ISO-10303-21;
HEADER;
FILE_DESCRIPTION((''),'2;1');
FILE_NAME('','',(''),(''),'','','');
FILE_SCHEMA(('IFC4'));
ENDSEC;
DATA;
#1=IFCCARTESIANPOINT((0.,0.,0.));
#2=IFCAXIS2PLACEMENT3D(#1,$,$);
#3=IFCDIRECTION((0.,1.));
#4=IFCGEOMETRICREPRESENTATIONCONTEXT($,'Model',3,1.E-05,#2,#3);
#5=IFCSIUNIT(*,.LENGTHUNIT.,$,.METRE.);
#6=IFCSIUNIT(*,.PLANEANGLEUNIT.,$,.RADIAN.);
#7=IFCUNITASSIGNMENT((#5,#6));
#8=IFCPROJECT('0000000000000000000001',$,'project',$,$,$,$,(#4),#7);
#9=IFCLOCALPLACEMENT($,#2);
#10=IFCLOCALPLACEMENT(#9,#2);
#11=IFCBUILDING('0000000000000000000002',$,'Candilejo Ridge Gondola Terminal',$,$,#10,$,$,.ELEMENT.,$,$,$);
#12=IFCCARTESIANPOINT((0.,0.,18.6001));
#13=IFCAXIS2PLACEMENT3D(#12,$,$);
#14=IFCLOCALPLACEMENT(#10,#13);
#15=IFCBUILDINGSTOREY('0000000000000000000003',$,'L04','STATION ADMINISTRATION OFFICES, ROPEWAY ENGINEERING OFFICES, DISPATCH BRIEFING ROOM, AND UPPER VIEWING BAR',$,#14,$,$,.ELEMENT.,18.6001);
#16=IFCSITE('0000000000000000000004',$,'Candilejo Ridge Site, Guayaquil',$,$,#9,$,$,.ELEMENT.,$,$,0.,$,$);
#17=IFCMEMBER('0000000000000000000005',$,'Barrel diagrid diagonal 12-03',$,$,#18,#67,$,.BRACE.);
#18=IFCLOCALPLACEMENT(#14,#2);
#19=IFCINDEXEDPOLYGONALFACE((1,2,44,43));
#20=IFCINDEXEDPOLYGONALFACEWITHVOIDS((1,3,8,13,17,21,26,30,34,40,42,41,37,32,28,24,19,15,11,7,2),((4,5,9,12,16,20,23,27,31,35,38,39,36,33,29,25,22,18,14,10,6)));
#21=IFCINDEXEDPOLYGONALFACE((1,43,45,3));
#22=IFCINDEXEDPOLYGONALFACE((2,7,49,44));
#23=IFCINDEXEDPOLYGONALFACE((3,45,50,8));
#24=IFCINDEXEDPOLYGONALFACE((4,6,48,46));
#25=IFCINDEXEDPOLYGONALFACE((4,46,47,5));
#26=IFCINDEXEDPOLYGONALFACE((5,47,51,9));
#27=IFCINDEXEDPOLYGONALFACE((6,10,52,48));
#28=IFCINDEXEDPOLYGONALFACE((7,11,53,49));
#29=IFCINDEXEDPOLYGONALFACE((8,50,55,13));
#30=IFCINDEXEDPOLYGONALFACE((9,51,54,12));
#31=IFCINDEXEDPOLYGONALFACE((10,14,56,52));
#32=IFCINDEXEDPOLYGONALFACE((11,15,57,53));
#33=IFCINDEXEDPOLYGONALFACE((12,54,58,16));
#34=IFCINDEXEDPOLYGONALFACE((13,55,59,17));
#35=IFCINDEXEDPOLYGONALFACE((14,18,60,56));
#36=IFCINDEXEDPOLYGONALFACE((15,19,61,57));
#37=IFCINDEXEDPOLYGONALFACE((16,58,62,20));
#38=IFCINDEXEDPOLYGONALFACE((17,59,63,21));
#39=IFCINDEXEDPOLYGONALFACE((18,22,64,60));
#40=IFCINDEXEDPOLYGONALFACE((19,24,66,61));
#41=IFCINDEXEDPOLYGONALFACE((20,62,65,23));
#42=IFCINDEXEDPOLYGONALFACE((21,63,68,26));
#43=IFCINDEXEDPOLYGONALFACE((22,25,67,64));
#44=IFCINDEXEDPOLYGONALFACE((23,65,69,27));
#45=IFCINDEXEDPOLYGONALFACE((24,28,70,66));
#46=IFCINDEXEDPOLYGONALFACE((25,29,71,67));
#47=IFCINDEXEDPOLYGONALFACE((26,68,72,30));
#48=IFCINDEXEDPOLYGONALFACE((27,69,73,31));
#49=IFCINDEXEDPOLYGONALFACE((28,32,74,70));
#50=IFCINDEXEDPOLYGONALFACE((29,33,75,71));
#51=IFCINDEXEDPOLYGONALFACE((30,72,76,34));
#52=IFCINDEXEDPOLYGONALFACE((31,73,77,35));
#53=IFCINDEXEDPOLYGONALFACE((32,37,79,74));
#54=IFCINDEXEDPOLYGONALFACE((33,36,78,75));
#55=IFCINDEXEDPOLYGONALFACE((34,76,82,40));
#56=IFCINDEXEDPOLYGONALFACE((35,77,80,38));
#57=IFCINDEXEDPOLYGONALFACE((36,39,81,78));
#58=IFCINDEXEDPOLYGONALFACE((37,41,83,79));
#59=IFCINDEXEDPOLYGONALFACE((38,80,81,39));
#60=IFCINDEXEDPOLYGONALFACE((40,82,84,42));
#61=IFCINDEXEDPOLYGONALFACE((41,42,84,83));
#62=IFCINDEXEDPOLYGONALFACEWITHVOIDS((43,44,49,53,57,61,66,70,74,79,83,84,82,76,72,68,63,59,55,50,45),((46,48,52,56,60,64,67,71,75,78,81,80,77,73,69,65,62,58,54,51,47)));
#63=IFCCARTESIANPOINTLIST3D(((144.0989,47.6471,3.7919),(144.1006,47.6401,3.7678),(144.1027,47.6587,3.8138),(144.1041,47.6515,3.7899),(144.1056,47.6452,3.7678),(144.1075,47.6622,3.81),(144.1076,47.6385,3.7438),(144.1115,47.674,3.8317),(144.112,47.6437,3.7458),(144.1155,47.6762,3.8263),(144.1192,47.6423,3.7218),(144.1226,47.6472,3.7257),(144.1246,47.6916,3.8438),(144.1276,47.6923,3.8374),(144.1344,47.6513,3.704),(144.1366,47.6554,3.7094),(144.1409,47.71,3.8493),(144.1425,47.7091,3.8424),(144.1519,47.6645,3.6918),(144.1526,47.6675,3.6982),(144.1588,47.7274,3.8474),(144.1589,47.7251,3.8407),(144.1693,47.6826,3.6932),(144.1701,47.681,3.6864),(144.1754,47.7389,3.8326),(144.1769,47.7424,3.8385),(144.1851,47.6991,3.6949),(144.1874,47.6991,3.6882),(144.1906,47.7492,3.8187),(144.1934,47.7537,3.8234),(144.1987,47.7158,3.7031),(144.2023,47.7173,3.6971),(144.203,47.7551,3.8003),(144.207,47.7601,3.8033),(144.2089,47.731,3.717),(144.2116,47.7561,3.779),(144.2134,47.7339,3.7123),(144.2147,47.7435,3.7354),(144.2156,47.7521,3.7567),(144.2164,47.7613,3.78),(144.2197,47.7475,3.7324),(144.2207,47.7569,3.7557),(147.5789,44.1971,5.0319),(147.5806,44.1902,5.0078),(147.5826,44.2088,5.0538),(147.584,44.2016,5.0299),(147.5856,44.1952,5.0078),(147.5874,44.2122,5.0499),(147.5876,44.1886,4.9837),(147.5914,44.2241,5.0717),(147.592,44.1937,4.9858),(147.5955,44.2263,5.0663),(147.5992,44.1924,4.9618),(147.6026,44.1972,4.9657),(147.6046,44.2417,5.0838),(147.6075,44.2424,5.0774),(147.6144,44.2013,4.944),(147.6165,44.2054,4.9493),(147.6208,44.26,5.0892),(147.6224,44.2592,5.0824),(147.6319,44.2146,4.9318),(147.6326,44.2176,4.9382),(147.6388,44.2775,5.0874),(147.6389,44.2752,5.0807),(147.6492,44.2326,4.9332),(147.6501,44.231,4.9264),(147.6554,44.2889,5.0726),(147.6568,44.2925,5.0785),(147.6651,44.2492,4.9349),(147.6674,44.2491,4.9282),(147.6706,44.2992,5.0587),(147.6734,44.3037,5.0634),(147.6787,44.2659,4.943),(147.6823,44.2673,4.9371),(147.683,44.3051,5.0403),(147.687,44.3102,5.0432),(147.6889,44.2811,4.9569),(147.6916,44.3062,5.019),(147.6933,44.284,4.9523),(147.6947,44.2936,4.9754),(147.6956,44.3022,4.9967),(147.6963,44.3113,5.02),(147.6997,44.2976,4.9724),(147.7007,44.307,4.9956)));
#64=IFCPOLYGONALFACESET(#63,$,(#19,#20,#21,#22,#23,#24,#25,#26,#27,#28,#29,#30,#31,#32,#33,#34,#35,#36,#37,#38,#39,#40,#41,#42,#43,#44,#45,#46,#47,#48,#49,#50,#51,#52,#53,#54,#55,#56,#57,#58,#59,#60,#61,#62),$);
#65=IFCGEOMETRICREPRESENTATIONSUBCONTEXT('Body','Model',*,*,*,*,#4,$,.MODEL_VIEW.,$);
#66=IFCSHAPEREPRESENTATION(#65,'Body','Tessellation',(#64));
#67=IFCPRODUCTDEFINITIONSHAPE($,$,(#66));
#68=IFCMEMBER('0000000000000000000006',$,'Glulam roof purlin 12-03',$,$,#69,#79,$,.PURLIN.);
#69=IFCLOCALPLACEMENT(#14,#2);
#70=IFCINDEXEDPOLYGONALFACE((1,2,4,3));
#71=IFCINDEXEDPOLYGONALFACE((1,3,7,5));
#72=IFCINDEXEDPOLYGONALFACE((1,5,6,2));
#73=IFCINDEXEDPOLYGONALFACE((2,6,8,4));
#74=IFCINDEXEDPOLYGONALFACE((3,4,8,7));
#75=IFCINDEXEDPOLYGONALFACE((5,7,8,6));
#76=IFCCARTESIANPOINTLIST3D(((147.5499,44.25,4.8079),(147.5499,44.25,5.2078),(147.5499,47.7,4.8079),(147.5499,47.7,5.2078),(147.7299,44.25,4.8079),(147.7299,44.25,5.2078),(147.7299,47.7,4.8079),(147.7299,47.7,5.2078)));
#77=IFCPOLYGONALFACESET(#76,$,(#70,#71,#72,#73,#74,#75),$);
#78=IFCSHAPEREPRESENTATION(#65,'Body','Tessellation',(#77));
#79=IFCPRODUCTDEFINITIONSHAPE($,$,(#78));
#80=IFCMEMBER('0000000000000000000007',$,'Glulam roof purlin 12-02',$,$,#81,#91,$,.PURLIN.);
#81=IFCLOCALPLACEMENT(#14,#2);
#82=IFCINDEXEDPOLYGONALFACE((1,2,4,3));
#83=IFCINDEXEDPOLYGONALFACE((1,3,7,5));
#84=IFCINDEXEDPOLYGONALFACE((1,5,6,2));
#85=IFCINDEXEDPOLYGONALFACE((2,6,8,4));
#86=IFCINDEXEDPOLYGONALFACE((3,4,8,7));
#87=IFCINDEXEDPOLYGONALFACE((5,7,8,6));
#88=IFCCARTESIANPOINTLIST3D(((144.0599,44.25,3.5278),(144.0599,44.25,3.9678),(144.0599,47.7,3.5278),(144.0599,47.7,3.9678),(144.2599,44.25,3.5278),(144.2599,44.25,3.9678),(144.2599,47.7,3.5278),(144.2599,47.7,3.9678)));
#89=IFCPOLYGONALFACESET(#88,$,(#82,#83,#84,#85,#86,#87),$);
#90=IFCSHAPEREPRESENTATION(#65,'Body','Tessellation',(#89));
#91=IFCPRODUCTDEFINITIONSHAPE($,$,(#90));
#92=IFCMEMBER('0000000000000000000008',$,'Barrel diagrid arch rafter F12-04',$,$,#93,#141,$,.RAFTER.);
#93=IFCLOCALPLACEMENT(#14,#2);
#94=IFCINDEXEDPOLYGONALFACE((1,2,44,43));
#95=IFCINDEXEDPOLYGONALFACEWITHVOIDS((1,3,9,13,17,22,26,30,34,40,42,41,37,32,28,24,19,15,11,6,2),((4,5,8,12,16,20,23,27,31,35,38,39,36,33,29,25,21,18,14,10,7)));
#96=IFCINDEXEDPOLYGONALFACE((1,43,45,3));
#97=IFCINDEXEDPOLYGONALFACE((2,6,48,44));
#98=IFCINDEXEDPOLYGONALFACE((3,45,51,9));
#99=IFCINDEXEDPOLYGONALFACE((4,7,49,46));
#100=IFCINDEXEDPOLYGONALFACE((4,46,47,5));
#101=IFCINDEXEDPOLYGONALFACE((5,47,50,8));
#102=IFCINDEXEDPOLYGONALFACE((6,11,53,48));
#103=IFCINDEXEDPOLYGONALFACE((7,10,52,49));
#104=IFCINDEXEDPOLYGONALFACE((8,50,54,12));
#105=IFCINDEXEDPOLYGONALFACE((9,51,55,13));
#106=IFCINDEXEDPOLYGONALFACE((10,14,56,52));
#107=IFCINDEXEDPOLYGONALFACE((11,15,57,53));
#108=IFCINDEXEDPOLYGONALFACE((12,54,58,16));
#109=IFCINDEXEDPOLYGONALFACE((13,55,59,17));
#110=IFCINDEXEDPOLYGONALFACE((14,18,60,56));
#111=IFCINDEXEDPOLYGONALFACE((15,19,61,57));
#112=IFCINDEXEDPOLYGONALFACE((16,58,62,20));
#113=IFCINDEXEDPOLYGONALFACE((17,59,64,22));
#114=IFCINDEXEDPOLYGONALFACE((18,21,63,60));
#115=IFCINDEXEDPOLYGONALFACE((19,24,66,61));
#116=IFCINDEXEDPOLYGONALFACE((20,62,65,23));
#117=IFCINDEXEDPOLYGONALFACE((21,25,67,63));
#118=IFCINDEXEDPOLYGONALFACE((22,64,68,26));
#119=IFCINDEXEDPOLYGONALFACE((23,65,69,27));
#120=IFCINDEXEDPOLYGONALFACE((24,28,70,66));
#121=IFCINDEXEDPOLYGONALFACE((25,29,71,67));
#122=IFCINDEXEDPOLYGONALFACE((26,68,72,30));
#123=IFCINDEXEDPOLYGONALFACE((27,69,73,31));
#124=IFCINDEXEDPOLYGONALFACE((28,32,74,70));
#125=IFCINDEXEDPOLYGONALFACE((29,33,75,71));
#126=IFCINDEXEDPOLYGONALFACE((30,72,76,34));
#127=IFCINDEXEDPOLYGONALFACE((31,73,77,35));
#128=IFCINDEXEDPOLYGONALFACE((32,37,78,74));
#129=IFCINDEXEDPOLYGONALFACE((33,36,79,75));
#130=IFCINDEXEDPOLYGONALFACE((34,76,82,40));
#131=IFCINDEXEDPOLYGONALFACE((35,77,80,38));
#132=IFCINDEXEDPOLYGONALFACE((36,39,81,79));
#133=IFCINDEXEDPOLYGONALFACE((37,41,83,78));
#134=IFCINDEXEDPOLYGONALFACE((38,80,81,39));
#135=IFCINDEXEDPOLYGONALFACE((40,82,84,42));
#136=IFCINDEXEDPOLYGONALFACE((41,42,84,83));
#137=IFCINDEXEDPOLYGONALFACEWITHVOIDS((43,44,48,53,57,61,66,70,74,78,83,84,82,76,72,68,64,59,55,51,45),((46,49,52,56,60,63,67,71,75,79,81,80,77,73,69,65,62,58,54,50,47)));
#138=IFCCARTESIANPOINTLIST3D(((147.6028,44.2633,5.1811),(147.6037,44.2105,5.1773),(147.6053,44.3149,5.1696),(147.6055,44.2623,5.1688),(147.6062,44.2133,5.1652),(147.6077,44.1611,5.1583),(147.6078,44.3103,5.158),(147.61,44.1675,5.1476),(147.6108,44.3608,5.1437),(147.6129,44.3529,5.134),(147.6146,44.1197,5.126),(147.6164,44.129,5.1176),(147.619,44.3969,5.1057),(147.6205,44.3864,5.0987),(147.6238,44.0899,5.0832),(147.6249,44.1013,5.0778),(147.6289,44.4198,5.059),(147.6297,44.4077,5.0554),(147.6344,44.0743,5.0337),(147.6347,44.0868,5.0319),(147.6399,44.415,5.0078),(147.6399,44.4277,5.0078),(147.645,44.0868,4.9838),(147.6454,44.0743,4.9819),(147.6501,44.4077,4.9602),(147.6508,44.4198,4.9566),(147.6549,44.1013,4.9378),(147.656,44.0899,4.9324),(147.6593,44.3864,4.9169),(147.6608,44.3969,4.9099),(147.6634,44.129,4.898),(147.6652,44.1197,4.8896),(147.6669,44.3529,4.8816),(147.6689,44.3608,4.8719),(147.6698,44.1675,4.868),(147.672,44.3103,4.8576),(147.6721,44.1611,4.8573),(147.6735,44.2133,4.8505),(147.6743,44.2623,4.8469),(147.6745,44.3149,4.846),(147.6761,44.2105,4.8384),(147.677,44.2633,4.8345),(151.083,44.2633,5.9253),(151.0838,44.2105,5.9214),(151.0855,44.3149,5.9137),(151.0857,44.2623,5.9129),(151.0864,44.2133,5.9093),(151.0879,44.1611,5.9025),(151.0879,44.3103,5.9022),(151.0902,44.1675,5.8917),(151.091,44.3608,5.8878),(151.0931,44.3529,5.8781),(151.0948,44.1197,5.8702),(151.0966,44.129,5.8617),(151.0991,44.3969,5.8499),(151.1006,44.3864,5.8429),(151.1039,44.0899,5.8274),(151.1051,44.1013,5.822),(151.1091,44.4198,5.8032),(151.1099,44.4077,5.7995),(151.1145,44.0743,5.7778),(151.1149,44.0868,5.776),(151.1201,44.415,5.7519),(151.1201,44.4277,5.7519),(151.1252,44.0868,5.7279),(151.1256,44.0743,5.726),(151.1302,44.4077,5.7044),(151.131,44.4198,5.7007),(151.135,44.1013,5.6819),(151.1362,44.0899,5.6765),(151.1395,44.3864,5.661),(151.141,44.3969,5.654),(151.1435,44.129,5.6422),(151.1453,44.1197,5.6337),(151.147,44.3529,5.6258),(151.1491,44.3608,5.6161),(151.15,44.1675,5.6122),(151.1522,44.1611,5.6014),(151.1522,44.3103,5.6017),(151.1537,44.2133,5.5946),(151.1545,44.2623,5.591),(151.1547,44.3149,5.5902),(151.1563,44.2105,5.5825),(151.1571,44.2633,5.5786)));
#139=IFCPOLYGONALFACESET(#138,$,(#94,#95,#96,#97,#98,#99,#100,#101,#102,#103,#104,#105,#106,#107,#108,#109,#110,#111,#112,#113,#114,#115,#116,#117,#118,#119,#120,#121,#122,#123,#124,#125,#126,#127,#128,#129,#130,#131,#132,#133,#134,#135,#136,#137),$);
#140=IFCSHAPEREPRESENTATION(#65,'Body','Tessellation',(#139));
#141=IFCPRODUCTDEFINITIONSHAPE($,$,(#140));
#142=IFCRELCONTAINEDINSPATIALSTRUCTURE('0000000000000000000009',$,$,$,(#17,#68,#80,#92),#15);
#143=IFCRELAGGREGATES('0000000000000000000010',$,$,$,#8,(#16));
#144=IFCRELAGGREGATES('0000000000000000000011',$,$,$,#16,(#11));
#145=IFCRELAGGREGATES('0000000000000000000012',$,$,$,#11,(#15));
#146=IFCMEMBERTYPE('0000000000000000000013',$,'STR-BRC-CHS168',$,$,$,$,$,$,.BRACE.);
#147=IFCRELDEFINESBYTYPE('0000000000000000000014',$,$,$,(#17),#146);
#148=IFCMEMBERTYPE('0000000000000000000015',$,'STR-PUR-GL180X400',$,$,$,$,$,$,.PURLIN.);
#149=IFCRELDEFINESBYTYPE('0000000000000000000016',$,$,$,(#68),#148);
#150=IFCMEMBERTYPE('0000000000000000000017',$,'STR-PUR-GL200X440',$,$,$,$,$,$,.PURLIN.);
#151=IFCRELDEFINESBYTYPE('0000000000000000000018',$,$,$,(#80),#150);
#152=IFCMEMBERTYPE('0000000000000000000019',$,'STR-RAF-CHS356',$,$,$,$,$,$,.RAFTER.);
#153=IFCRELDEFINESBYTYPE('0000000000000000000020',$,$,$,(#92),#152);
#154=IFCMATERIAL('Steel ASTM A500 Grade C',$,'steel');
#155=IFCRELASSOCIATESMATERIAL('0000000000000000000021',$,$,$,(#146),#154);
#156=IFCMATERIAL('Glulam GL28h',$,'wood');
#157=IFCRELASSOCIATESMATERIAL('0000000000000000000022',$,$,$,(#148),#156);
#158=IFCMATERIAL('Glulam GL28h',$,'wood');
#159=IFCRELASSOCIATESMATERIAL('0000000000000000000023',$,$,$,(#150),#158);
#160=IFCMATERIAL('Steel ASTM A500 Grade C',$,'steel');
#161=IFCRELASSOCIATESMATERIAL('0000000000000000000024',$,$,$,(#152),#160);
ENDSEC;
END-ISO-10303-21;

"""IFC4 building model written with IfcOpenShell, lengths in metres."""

from ifc_helpers import new_model, si_unit, direction, frame, origin, origin_2d, place, context, subcontext, project, spatial, rectangle, hollow_circle, extrude, material, material_profile, profile_set, type_object, element, save


model = new_model("IFC4")

# Units and contexts
model_context = context("Model", 3, precision=1e-05, world=origin(), true_north=direction((0.0, 1.0)))
body_context = subcontext(model_context, "Body", "Model", "MODEL_VIEW")
ifc_project = project(units=[si_unit("LENGTHUNIT", "METRE"), si_unit("PLANEANGLEUNIT", "RADIAN")], contexts=[model_context])

# Site, building, storey
site_placement = place(None, origin())
site = spatial("IfcSite", under=ifc_project, at=site_placement, Name="Candilejo Ridge Site, Guayaquil", CompositionType="ELEMENT", RefElevation=0.0)
building_placement = place(site_placement, origin())
building = spatial("IfcBuilding", under=site, at=building_placement, Name="Candilejo Ridge Gondola Terminal", CompositionType="ELEMENT")
storey_placement = place(building_placement, frame((0.0, 0.0, 18.6001)))
storey = spatial("IfcBuildingStorey", under=building, at=storey_placement, Name="L04", Description="STATION ADMINISTRATION OFFICES, ROPEWAY ENGINEERING OFFICES, DISPATCH BRIEFING ROOM, AND UPPER VIEWING BAR", CompositionType="ELEMENT", Elevation=18.6001)

# Members
ifc_material_1 = material(Name="Steel ASTM A500 Grade C", Category="steel")
ifc_material_profile_1 = material_profile(ifc_material_1, hollow_circle(Radius=0.0842, WallThickness=0.0071, at=origin_2d()))
ifc_profile_set_1 = profile_set([ifc_material_profile_1], Name="Steel ASTM A500 Grade C")
member_type_1 = type_object("IfcMemberType", Name="STR-BRC-CHS168", PredefinedType="BRACE", material=ifc_profile_set_1)
member_1_placement = place(storey_placement, frame((147.6399, 44.25, 5.0078), z_axis=(-0.688464, 0.682523, -0.245314), x_axis=(-0.704036, -0.710164, 0.0)))
element("IfcMember", 1, at=member_1_placement, inside=storey, type_object=member_type_1, Name="Barrel diagrid diagonal 12-03", PredefinedType="BRACE", context=body_context, shape_type="SweptSolid", body=[
    extrude(hollow_circle(Radius=0.0842, WallThickness=0.0071, at=origin_2d()), origin(), (0.0, 0.0, 1.0), 5.0547),
])
ifc_material_2 = material(Name="Glulam GL28h", Category="wood")
ifc_material_profile_2 = material_profile(ifc_material_2, rectangle(XDim=0.1799, YDim=0.3999, at=origin_2d()))
ifc_profile_set_2 = profile_set([ifc_material_profile_2], Name="Glulam GL28h")
member_type_2 = type_object("IfcMemberType", Name="STR-PUR-GL180X400", PredefinedType="PURLIN", material=ifc_profile_set_2)
member_2_placement = place(storey_placement, frame((147.6399, 44.25, 5.0078), z_axis=(0.0, 1.0, 0.0), x_axis=(-1.0, 0.0, 0.0)))
element("IfcMember", 2, at=member_2_placement, inside=storey, type_object=member_type_2, Name="Glulam roof purlin 12-03", PredefinedType="PURLIN", context=body_context, shape_type="SweptSolid", body=[
    extrude(rectangle(XDim=0.1799, YDim=0.3999, at=origin_2d()), origin(), (0.0, 0.0, 1.0), 3.45),
])
ifc_material_3 = material(Name="Glulam GL28h", Category="wood")
ifc_material_profile_3 = material_profile(ifc_material_3, rectangle(XDim=0.2, YDim=0.4399, at=origin_2d()))
ifc_profile_set_3 = profile_set([ifc_material_profile_3], Name="Glulam GL28h")
member_type_3 = type_object("IfcMemberType", Name="STR-PUR-GL200X440", PredefinedType="PURLIN", material=ifc_profile_set_3)
member_3_placement = place(storey_placement, frame((144.1599, 44.25, 3.7478), z_axis=(0.0, 1.0, 0.0), x_axis=(-1.0, 0.0, 0.0)))
element("IfcMember", 3, at=member_3_placement, inside=storey, type_object=member_type_3, Name="Glulam roof purlin 12-02", PredefinedType="PURLIN", context=body_context, shape_type="SweptSolid", body=[
    extrude(rectangle(XDim=0.2, YDim=0.4399, at=origin_2d()), origin(), (0.0, 0.0, 1.0), 3.45),
])
ifc_material_4 = material(Name="Steel ASTM A500 Grade C", Category="steel")
ifc_material_profile_4 = material_profile(ifc_material_4, hollow_circle(Radius=0.1777, WallThickness=0.0127, at=origin_2d()))
ifc_profile_set_4 = profile_set([ifc_material_profile_4], Name="Steel ASTM A500 Grade C")
member_type_4 = type_object("IfcMemberType", Name="STR-RAF-CHS356", PredefinedType="RAFTER", material=ifc_profile_set_4)
member_4_placement = place(storey_placement, frame((147.6399, 44.25, 5.0078), z_axis=(0.977896, 0.0, 0.209093), x_axis=(0.0, 1.0, 0.0)))
element("IfcMember", 4, at=member_4_placement, inside=storey, type_object=member_type_4, Name="Barrel diagrid arch rafter F12-04", PredefinedType="RAFTER", context=body_context, shape_type="SweptSolid", body=[
    extrude(hollow_circle(Radius=0.1777, WallThickness=0.0127, at=origin_2d()), origin(), (0.0, 0.0, 1.0), 3.5588),
])

save(model, "model.ifc")
